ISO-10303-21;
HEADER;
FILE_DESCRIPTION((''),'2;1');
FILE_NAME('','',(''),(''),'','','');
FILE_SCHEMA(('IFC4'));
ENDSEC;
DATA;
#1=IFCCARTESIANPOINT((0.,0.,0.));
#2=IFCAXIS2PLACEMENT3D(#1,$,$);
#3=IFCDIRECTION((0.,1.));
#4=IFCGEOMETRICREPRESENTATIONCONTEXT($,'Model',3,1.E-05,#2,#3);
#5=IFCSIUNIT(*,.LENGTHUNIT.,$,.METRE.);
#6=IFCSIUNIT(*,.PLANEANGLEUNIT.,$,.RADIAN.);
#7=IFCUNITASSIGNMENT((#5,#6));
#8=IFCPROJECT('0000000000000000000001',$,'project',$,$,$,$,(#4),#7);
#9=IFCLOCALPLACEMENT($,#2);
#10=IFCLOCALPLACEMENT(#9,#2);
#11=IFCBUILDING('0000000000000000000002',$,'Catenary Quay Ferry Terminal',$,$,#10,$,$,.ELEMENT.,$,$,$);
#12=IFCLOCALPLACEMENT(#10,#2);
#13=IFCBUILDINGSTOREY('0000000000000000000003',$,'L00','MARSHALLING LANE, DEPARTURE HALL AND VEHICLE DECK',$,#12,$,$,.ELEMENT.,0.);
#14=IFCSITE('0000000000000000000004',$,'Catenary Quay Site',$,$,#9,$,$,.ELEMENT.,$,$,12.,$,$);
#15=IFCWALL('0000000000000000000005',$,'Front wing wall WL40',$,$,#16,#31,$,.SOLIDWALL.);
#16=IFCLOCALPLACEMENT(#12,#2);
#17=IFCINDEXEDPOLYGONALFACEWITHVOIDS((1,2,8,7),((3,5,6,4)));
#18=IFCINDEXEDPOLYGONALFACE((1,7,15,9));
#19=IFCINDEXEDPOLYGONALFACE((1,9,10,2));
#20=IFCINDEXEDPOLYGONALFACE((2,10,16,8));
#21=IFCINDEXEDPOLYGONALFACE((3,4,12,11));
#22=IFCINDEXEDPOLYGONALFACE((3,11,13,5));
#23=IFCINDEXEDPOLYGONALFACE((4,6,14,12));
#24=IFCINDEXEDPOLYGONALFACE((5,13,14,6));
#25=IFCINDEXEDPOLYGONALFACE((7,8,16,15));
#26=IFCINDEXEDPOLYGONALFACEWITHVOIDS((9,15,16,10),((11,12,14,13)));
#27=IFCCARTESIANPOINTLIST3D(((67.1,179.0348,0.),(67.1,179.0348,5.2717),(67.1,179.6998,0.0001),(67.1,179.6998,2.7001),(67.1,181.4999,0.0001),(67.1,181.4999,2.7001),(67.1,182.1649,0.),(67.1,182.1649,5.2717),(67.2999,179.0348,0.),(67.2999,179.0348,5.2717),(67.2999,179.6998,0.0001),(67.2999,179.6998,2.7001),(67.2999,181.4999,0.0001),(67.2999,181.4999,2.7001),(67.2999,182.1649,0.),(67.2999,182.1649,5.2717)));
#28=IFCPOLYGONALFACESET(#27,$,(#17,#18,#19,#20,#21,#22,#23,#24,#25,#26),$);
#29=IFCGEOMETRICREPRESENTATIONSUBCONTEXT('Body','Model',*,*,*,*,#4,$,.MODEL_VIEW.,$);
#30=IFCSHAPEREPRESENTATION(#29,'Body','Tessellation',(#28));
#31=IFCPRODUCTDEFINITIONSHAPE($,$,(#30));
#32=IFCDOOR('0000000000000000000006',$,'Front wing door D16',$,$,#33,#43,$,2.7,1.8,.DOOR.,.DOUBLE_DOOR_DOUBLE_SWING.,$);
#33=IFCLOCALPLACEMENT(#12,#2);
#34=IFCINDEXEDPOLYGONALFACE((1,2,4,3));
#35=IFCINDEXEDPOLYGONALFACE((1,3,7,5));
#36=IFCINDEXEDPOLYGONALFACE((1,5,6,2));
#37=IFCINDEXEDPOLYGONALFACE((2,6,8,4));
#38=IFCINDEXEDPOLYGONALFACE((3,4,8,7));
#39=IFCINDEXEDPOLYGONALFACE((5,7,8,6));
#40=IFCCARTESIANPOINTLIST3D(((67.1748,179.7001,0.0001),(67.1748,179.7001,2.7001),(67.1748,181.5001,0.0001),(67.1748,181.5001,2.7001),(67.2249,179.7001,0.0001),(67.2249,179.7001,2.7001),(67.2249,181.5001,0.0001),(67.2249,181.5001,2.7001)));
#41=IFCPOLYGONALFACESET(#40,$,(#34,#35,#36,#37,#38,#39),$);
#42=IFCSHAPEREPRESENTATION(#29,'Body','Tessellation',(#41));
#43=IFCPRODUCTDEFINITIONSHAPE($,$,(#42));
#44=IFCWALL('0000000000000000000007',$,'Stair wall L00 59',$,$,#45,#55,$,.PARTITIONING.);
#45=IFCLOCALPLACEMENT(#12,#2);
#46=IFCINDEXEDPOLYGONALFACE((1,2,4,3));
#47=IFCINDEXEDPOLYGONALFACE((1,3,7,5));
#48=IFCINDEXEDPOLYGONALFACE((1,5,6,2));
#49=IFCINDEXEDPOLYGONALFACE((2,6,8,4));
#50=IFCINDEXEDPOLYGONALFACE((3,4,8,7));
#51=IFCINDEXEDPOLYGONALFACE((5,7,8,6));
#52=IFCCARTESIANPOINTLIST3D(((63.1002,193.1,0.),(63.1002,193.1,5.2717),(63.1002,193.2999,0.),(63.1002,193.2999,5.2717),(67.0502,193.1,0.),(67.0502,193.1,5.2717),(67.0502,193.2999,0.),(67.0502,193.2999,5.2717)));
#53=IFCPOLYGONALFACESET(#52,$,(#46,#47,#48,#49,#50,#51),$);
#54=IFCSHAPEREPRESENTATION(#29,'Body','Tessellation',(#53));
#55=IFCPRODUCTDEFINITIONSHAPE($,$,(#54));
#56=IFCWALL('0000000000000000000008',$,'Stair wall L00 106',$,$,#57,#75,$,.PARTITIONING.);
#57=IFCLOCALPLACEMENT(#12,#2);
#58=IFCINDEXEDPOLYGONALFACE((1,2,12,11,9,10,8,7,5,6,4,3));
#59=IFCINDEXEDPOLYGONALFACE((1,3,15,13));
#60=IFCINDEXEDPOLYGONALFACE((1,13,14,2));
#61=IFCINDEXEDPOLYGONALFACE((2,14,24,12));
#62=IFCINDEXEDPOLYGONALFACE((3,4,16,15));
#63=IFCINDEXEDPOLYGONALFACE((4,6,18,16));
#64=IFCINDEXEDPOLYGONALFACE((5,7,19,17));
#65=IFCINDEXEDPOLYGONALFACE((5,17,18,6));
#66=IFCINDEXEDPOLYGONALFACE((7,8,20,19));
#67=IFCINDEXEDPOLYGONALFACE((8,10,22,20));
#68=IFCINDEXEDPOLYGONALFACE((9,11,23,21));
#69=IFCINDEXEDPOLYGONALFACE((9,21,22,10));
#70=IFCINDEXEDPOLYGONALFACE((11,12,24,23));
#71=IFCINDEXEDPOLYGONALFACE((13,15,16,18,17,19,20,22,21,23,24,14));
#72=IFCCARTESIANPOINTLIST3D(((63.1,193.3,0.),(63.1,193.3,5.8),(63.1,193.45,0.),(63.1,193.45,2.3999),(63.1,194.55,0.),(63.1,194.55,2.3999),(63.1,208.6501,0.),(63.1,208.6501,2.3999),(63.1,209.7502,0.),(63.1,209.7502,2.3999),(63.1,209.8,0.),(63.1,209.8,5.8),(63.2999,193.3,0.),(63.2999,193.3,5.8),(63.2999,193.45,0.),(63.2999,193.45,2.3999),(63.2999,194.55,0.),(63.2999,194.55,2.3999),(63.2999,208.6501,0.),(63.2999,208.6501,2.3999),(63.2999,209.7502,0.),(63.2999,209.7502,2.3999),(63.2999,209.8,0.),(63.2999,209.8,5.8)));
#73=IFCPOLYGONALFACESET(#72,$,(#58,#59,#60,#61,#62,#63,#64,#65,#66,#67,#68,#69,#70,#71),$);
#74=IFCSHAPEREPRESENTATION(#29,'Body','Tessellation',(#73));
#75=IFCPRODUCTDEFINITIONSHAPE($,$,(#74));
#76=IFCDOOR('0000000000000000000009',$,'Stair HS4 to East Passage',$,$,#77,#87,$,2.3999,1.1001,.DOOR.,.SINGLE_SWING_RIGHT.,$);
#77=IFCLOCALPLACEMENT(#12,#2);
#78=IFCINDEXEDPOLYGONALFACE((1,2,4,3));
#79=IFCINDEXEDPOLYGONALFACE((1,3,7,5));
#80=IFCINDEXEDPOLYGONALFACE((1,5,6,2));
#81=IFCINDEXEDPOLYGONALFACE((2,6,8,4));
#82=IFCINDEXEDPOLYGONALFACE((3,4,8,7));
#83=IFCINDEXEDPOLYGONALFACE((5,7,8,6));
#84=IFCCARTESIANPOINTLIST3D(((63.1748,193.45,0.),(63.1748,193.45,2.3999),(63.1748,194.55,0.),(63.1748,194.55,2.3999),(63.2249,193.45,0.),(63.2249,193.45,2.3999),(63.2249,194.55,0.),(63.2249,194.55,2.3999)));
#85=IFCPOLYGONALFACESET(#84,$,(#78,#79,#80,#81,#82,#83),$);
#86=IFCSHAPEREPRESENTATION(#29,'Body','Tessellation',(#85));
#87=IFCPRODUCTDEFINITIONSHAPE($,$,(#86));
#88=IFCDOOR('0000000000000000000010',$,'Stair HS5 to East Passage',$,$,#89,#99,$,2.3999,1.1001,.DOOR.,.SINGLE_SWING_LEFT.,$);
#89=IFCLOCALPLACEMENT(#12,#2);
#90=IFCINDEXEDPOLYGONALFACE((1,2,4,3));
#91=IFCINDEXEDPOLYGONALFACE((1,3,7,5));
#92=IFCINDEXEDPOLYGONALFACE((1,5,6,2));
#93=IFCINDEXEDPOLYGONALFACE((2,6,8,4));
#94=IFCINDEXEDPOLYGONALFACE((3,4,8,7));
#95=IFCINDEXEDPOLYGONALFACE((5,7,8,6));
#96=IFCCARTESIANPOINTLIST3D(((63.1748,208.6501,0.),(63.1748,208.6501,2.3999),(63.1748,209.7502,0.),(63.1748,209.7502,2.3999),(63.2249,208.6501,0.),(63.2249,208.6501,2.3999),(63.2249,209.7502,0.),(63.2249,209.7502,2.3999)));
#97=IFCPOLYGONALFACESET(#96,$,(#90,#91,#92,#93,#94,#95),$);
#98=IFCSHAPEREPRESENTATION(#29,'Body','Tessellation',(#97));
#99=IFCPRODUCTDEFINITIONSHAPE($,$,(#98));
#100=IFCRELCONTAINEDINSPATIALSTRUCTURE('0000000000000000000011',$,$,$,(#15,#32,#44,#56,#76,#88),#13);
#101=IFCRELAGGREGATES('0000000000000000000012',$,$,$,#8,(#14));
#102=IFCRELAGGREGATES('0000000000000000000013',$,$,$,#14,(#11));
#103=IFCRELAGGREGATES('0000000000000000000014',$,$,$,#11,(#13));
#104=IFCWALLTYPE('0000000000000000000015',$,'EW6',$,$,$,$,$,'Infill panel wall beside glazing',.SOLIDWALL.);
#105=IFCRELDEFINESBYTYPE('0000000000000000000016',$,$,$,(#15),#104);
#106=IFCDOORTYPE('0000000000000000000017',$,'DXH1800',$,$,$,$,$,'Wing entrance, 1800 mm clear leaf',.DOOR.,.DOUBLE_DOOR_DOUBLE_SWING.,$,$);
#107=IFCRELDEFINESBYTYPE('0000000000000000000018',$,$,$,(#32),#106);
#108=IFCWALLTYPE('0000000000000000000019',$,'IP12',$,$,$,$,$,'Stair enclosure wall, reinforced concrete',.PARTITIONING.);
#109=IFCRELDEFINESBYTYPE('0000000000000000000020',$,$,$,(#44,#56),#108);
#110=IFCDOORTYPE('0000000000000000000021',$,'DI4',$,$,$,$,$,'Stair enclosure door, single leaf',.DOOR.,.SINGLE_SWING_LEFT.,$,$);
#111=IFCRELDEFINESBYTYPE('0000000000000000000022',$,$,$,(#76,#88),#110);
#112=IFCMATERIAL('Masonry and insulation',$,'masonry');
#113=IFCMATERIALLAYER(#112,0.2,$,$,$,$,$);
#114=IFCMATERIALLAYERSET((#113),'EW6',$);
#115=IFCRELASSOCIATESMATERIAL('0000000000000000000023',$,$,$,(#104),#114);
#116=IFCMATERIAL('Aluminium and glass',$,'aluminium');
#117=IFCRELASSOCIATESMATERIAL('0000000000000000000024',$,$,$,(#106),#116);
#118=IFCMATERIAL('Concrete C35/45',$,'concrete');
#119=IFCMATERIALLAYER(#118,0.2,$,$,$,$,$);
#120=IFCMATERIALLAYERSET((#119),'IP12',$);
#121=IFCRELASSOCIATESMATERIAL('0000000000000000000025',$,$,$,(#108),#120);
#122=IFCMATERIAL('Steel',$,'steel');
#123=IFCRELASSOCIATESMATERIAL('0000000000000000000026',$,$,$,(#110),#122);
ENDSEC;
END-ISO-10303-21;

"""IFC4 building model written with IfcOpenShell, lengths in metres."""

from ifc_helpers import new_model, si_unit, direction, frame, frame_2d, origin, place, context, subcontext, project, spatial, rectangle, extrude, material, layer, layer_set, type_object, element, fill, save


model = new_model("IFC4")

# Units and contexts
model_context = context("Model", 3, precision=1e-05, world=origin(), true_north=direction((0.0, 1.0)))
body_context = subcontext(model_context, "Body", "Model", "MODEL_VIEW")
ifc_project = project(units=[si_unit("LENGTHUNIT", "METRE"), si_unit("PLANEANGLEUNIT", "RADIAN")], contexts=[model_context])

# Site, building, storey
site_placement = place(None, origin())
site = spatial("IfcSite", under=ifc_project, at=site_placement, Name="Catenary Quay Site", CompositionType="ELEMENT", RefElevation=12.0)
building_placement = place(site_placement, origin())
building = spatial("IfcBuilding", under=site, at=building_placement, Name="Catenary Quay Ferry Terminal", CompositionType="ELEMENT")
storey_placement = place(building_placement, origin())
storey = spatial("IfcBuildingStorey", under=building, at=storey_placement, Name="L00", Description="MARSHALLING LANE, DEPARTURE HALL AND VEHICLE DECK", CompositionType="ELEMENT", Elevation=0.0)

# Wall, opening, door
ifc_material_1 = material(Name="Masonry and insulation", Category="masonry")
ifc_layer_1 = layer(ifc_material_1, 0.2)
ifc_layer_set_1 = layer_set([ifc_layer_1], Name="EW6")
wall_type_1 = type_object("IfcWallType", Name="EW6", ElementType="Infill panel wall beside glazing", PredefinedType="SOLIDWALL", material=ifc_layer_set_1)
wall_1_placement = place(storey_placement, frame((67.2, 179.0349, 0.0), z_axis=(0.0, 0.0, 1.0), x_axis=(0.0, 1.0, 0.0)))
wall_1 = element("IfcWall", 1, at=wall_1_placement, inside=storey, type_object=wall_type_1, Name="Front wing wall WL40", PredefinedType="SOLIDWALL", context=body_context, shape_type="SweptSolid", body=[
    extrude(rectangle(XDim=3.1301, YDim=0.2, at=frame_2d((1.5649, 0.0))), origin(), (0.0, 0.0, 1.0), 5.2717),
])
opening_1_placement = place(wall_1_placement, frame((0.665, 0.0, 0.0)))
opening_1 = element("IfcOpeningElement", 2, at=opening_1_placement, cuts=wall_1, PredefinedType="OPENING", context=body_context, shape_type="SweptSolid", body=[
    extrude(rectangle(XDim=1.8, YDim=2.7, at=frame_2d((0.8999, 1.3501))), frame((0.0, 0.1099, 0.0), z_axis=(0.0, -1.0, 0.0), x_axis=(1.0, 0.0, 0.0)), (0.0, 0.0, 1.0), 0.22),
])
ifc_material_2 = material(Name="Aluminium and glass", Category="aluminium")
door_type_1 = type_object("IfcDoorType", Name="DXH1800", ElementType="Wing entrance, 1800 mm clear leaf", OperationType="DOUBLE_DOOR_DOUBLE_SWING", PredefinedType="DOOR", material=ifc_material_2)
door_1_placement = place(opening_1_placement, frame((1.8, 0.0, 0.0), z_axis=(0.0, 0.0, 1.0), x_axis=(-1.0, 0.0, 0.0)))
door_1 = element("IfcDoor", 3, at=door_1_placement, inside=storey, type_object=door_type_1, Name="Front wing door D16", OperationType="DOUBLE_DOOR_DOUBLE_SWING", OverallHeight=2.7, OverallWidth=1.8, PredefinedType="DOOR", context=body_context, shape_type="SweptSolid", body=[
    extrude(rectangle(XDim=1.8, YDim=2.7, at=frame_2d((0.8999, 1.3501))), frame((0.0, 0.0249, 0.0), z_axis=(0.0, -1.0, 0.0), x_axis=(1.0, 0.0, 0.0)), (0.0, 0.0, 1.0), 0.05),
])
fill(opening_1, door_1)

# Wall
ifc_material_3 = material(Name="Concrete C35/45", Category="concrete")
ifc_layer_2 = layer(ifc_material_3, 0.2)
ifc_layer_set_2 = layer_set([ifc_layer_2], Name="IP12")
wall_type_2 = type_object("IfcWallType", Name="IP12", ElementType="Stair enclosure wall, reinforced concrete", PredefinedType="PARTITIONING", material=ifc_layer_set_2)
wall_2_placement = place(storey_placement, frame((63.1001, 193.2, 0.0), z_axis=(0.0, 0.0, 1.0), x_axis=(1.0, 0.0, 0.0)))
element("IfcWall", 4, at=wall_2_placement, inside=storey, type_object=wall_type_2, Name="Stair wall L00 59", PredefinedType="PARTITIONING", context=body_context, shape_type="SweptSolid", body=[
    extrude(rectangle(XDim=3.95, YDim=0.2, at=frame_2d((1.9751, 0.0))), origin(), (0.0, 0.0, 1.0), 5.2717),
])

# Wall, openings, doors
wall_3_placement = place(storey_placement, frame((63.2, 193.3, 0.0), z_axis=(0.0, 0.0, 1.0), x_axis=(0.0, 1.0, 0.0)))
wall_3 = element("IfcWall", 5, at=wall_3_placement, inside=storey, type_object=wall_type_2, Name="Stair wall L00 106", PredefinedType="PARTITIONING", context=body_context, shape_type="SweptSolid", body=[
    extrude(rectangle(XDim=16.5, YDim=0.2, at=frame_2d((8.25, 0.0))), origin(), (0.0, 0.0, 1.0), 5.8),
])
opening_2_placement = place(wall_3_placement, frame((0.1499, 0.0, 0.0)))
opening_2 = element("IfcOpeningElement", 6, at=opening_2_placement, cuts=wall_3, PredefinedType="OPENING", context=body_context, shape_type="SweptSolid", body=[
    extrude(rectangle(XDim=1.1001, YDim=2.3999, at=frame_2d((0.55, 1.2))), frame((0.0, 0.1099, 0.0), z_axis=(0.0, -1.0, 0.0), x_axis=(1.0, 0.0, 0.0)), (0.0, 0.0, 1.0), 0.22),
])
opening_3_placement = place(wall_3_placement, frame((15.3501, 0.0, 0.0)))
opening_3 = element("IfcOpeningElement", 7, at=opening_3_placement, cuts=wall_3, PredefinedType="OPENING", context=body_context, shape_type="SweptSolid", body=[
    extrude(rectangle(XDim=1.1001, YDim=2.3999, at=frame_2d((0.55, 1.2))), frame((0.0, 0.1099, 0.0), z_axis=(0.0, -1.0, 0.0), x_axis=(1.0, 0.0, 0.0)), (0.0, 0.0, 1.0), 0.22),
])
ifc_material_4 = material(Name="Steel", Category="steel")
door_type_2 = type_object("IfcDoorType", Name="DI4", ElementType="Stair enclosure door, single leaf", OperationType="SINGLE_SWING_LEFT", PredefinedType="DOOR", material=ifc_material_4)
door_2_placement = place(opening_2_placement, frame((1.1001, 0.0, 0.0), z_axis=(0.0, 0.0, 1.0), x_axis=(-1.0, 0.0, 0.0)))
door_2 = element("IfcDoor", 8, at=door_2_placement, inside=storey, type_object=door_type_2, Name="Stair HS4 to East Passage", OperationType="SINGLE_SWING_RIGHT", OverallHeight=2.3999, OverallWidth=1.1001, PredefinedType="DOOR", context=body_context, shape_type="SweptSolid", body=[
    extrude(rectangle(XDim=1.1001, YDim=2.3999, at=frame_2d((0.55, 1.2))), frame((0.0, 0.0249, 0.0), z_axis=(0.0, -1.0, 0.0), x_axis=(1.0, 0.0, 0.0)), (0.0, 0.0, 1.0), 0.05),
])
fill(opening_2, door_2)
door_3_placement = place(opening_3_placement, frame((1.1001, 0.0, 0.0), z_axis=(0.0, 0.0, 1.0), x_axis=(-1.0, 0.0, 0.0)))
door_3 = element("IfcDoor", 9, at=door_3_placement, inside=storey, type_object=door_type_2, Name="Stair HS5 to East Passage", OperationType="SINGLE_SWING_LEFT", OverallHeight=2.3999, OverallWidth=1.1001, PredefinedType="DOOR", context=body_context, shape_type="SweptSolid", body=[
    extrude(rectangle(XDim=1.1001, YDim=2.3999, at=frame_2d((0.55, 1.2))), frame((0.0, 0.0249, 0.0), z_axis=(0.0, -1.0, 0.0), x_axis=(1.0, 0.0, 0.0)), (0.0, 0.0, 1.0), 0.05),
])
fill(opening_3, door_3)

save(model, "model.ifc")
